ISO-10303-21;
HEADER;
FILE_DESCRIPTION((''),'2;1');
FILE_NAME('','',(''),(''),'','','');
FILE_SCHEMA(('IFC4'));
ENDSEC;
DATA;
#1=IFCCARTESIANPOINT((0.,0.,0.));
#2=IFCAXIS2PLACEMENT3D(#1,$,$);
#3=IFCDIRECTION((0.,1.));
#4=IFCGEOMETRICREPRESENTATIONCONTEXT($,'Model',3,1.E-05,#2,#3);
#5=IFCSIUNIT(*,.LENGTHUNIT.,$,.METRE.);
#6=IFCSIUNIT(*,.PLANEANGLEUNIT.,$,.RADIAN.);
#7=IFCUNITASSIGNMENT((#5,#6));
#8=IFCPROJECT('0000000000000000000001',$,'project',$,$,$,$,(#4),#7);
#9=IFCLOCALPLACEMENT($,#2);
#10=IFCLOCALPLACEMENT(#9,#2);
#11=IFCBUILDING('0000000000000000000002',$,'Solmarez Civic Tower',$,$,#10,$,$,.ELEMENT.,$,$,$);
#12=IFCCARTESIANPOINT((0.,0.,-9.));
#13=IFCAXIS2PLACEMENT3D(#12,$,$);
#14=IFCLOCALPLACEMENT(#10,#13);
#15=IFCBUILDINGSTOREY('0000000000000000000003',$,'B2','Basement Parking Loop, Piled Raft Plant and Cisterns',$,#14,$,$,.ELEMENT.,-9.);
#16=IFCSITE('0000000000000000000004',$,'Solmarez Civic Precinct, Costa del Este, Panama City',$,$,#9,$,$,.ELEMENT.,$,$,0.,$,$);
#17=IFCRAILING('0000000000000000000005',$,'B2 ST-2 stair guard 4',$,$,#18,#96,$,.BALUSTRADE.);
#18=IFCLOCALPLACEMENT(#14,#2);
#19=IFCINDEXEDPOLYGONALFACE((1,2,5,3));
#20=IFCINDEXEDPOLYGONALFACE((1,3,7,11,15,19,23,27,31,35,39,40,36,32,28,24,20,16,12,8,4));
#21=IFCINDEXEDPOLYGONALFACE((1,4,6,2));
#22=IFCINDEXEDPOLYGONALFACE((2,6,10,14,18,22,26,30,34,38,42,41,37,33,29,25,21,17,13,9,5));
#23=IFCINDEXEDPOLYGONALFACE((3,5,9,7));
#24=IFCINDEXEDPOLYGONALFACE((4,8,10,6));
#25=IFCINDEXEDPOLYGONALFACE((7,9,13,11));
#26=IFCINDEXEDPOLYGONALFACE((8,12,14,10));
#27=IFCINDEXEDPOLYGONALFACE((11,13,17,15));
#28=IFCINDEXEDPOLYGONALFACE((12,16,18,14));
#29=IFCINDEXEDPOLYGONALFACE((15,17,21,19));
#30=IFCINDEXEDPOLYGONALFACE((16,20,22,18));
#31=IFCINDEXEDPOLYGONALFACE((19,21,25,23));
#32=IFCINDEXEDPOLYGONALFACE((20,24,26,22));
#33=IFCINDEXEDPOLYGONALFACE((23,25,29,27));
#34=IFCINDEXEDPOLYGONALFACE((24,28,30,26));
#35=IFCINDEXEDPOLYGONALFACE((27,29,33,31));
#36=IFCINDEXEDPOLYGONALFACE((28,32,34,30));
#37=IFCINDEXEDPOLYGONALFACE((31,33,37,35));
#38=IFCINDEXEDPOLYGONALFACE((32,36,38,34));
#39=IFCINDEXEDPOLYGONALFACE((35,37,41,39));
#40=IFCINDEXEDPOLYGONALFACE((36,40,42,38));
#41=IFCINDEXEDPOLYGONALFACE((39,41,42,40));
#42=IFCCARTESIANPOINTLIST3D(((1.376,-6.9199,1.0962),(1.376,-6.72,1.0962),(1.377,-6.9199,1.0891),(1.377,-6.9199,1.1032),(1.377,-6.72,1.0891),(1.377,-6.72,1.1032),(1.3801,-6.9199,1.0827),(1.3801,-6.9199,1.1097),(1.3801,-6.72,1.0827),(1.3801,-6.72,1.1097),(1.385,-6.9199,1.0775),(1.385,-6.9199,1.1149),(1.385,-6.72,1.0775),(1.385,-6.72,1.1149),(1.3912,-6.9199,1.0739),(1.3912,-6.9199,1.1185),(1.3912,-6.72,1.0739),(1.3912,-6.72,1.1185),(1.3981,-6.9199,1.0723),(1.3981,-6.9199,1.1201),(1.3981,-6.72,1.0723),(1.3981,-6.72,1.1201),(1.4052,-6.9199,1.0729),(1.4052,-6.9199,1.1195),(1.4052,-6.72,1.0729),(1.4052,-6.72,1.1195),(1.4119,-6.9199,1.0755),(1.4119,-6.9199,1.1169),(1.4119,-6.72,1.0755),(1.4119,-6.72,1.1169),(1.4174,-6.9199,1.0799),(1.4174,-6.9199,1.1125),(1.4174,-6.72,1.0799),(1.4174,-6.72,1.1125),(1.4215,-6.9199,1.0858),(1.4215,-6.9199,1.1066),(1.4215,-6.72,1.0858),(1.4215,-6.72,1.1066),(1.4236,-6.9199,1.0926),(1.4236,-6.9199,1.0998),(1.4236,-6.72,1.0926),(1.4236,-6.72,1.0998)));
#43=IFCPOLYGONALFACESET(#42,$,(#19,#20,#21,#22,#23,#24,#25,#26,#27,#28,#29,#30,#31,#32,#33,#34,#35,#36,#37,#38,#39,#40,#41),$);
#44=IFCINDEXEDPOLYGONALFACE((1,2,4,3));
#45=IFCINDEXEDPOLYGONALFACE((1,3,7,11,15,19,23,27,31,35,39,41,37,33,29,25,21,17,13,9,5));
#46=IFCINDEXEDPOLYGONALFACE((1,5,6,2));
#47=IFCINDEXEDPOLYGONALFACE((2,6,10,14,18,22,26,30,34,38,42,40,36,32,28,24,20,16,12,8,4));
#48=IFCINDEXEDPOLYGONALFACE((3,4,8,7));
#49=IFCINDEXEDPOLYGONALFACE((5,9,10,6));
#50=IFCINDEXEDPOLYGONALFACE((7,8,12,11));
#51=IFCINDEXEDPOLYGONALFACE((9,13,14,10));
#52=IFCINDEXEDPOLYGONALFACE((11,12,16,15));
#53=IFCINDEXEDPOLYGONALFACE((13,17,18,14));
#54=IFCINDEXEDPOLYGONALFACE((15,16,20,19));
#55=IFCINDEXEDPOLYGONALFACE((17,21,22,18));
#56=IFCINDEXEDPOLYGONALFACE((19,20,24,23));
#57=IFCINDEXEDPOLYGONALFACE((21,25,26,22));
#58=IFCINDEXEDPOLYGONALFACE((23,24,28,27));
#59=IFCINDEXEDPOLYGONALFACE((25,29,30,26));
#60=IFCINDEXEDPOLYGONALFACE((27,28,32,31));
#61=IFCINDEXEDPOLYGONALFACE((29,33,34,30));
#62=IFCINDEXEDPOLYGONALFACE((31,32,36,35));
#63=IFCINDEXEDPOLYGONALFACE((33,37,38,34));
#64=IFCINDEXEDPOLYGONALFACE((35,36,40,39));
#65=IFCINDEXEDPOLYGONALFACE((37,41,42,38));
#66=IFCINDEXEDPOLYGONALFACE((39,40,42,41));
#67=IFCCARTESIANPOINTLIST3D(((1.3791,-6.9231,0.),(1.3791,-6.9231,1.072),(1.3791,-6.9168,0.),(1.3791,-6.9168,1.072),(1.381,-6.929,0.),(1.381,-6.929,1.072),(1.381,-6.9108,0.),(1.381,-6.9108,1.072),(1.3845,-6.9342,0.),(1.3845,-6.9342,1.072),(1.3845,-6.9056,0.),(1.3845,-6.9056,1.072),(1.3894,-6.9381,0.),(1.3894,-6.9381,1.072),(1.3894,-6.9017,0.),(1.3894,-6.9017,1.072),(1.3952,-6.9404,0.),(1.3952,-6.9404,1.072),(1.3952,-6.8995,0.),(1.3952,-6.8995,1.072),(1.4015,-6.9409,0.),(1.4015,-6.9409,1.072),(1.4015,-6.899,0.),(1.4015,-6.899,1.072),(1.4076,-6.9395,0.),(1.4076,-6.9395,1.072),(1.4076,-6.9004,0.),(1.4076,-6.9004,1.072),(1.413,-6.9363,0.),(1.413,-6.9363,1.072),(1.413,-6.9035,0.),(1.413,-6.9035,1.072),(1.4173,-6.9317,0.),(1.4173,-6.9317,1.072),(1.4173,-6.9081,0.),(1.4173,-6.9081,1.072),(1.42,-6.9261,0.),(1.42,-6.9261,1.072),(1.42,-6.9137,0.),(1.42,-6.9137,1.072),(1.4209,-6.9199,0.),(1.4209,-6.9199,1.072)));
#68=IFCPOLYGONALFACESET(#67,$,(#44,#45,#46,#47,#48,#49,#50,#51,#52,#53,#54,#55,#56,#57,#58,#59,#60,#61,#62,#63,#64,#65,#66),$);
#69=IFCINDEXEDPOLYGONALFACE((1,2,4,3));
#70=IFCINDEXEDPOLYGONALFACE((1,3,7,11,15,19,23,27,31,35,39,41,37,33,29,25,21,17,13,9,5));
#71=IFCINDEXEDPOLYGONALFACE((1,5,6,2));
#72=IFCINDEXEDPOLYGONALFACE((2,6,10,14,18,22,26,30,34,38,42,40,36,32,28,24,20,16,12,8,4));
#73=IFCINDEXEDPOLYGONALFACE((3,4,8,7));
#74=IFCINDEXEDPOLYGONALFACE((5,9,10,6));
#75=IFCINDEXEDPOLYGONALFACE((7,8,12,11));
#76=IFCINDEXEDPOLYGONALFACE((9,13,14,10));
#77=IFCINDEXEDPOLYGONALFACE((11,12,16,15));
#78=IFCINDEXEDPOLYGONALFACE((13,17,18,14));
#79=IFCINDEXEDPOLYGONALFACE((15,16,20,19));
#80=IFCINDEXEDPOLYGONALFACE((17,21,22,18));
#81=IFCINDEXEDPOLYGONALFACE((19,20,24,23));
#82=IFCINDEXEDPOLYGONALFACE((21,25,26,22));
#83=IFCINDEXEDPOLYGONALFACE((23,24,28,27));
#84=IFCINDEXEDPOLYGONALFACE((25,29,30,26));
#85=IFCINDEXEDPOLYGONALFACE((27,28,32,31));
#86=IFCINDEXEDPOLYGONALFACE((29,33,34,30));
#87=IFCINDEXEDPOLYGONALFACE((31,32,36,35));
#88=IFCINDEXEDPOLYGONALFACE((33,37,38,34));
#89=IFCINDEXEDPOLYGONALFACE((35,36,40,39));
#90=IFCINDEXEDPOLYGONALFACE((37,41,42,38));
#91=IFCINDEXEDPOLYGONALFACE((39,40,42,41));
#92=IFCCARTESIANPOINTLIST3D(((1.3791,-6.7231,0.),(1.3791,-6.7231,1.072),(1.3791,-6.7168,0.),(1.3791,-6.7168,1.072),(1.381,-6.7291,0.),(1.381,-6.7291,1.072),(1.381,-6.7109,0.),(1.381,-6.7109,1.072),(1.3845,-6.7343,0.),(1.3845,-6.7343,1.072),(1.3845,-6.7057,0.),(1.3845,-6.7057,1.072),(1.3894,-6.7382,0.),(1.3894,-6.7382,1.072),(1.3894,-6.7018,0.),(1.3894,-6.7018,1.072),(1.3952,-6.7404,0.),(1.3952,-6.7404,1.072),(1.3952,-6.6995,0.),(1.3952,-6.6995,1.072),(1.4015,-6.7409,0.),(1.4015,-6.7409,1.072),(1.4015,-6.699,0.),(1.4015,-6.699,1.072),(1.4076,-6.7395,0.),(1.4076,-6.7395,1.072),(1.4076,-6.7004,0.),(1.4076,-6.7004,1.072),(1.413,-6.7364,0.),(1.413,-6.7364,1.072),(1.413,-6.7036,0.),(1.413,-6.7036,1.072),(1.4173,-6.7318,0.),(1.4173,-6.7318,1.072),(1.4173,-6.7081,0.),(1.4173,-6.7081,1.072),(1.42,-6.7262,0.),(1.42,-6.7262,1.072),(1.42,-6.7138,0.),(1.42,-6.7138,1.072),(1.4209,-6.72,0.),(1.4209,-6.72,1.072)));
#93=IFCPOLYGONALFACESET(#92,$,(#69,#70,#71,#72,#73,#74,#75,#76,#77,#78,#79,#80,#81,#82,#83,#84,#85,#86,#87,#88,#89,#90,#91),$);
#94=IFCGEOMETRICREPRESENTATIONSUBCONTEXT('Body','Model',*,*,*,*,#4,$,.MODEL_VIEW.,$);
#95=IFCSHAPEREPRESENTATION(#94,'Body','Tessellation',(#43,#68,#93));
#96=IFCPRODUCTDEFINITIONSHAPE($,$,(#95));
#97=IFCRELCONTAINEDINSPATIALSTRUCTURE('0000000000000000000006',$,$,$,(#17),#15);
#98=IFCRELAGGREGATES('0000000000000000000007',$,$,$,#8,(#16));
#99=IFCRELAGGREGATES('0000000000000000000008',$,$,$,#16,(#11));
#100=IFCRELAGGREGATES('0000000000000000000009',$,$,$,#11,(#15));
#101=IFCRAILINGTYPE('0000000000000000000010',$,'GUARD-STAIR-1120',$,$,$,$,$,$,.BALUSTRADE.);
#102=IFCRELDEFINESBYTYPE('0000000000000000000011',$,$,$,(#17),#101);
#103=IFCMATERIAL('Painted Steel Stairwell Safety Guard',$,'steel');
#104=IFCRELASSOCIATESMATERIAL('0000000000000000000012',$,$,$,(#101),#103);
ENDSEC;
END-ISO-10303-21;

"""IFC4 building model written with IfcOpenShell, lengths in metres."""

from ifc_helpers import new_model, si_unit, direction, frame, origin, origin_2d, place, context, subcontext, project, spatial, circle, extrude, material, type_object, element, save


model = new_model("IFC4")

# Units and contexts
model_context = context("Model", 3, precision=1e-05, world=origin(), true_north=direction((0.0, 1.0)))
body_context = subcontext(model_context, "Body", "Model", "MODEL_VIEW")
ifc_project = project(units=[si_unit("LENGTHUNIT", "METRE"), si_unit("PLANEANGLEUNIT", "RADIAN")], contexts=[model_context])

# Site, building, storey
site_placement = place(None, origin())
site = spatial("IfcSite", under=ifc_project, at=site_placement, Name="Solmarez Civic Precinct, Costa del Este, Panama City", CompositionType="ELEMENT", RefElevation=0.0)
building_placement = place(site_placement, origin())
building = spatial("IfcBuilding", under=site, at=building_placement, Name="Solmarez Civic Tower", CompositionType="ELEMENT")
storey_placement = place(building_placement, frame((0.0, 0.0, -9.0)))
storey = spatial("IfcBuildingStorey", under=building, at=storey_placement, Name="B2", Description="Basement Parking Loop, Piled Raft Plant and Cisterns", CompositionType="ELEMENT", Elevation=-9.0)

# Railing
ifc_material_1 = material(Name="Painted Steel Stairwell Safety Guard", Category="steel")
railing_type_1 = type_object("IfcRailingType", Name="GUARD-STAIR-1120", PredefinedType="BALUSTRADE", material=ifc_material_1)
railing_1_placement = place(storey_placement, frame((1.3999, -6.9199, 0.0)))
element("IfcRailing", 1, at=railing_1_placement, inside=storey, type_object=railing_type_1, Name="B2 ST-2 stair guard 4", PredefinedType="BALUSTRADE", context=body_context, shape_type="SweptSolid", body=[
    extrude(circle(Radius=0.0239, at=origin_2d()), frame((0.0, 0.0, 1.0962), z_axis=(0.0, 1.0, 0.0), x_axis=(-1.0, 0.0, 0.0)), (0.0, 0.0, 1.0), 0.2),
    extrude(circle(Radius=0.021, at=origin_2d()), origin(), (0.0, 0.0, 1.0), 1.072),
    extrude(circle(Radius=0.021, at=origin_2d()), frame((0.0, 0.2, 0.0)), (0.0, 0.0, 1.0), 1.072),
])

save(model, "model.ifc")
